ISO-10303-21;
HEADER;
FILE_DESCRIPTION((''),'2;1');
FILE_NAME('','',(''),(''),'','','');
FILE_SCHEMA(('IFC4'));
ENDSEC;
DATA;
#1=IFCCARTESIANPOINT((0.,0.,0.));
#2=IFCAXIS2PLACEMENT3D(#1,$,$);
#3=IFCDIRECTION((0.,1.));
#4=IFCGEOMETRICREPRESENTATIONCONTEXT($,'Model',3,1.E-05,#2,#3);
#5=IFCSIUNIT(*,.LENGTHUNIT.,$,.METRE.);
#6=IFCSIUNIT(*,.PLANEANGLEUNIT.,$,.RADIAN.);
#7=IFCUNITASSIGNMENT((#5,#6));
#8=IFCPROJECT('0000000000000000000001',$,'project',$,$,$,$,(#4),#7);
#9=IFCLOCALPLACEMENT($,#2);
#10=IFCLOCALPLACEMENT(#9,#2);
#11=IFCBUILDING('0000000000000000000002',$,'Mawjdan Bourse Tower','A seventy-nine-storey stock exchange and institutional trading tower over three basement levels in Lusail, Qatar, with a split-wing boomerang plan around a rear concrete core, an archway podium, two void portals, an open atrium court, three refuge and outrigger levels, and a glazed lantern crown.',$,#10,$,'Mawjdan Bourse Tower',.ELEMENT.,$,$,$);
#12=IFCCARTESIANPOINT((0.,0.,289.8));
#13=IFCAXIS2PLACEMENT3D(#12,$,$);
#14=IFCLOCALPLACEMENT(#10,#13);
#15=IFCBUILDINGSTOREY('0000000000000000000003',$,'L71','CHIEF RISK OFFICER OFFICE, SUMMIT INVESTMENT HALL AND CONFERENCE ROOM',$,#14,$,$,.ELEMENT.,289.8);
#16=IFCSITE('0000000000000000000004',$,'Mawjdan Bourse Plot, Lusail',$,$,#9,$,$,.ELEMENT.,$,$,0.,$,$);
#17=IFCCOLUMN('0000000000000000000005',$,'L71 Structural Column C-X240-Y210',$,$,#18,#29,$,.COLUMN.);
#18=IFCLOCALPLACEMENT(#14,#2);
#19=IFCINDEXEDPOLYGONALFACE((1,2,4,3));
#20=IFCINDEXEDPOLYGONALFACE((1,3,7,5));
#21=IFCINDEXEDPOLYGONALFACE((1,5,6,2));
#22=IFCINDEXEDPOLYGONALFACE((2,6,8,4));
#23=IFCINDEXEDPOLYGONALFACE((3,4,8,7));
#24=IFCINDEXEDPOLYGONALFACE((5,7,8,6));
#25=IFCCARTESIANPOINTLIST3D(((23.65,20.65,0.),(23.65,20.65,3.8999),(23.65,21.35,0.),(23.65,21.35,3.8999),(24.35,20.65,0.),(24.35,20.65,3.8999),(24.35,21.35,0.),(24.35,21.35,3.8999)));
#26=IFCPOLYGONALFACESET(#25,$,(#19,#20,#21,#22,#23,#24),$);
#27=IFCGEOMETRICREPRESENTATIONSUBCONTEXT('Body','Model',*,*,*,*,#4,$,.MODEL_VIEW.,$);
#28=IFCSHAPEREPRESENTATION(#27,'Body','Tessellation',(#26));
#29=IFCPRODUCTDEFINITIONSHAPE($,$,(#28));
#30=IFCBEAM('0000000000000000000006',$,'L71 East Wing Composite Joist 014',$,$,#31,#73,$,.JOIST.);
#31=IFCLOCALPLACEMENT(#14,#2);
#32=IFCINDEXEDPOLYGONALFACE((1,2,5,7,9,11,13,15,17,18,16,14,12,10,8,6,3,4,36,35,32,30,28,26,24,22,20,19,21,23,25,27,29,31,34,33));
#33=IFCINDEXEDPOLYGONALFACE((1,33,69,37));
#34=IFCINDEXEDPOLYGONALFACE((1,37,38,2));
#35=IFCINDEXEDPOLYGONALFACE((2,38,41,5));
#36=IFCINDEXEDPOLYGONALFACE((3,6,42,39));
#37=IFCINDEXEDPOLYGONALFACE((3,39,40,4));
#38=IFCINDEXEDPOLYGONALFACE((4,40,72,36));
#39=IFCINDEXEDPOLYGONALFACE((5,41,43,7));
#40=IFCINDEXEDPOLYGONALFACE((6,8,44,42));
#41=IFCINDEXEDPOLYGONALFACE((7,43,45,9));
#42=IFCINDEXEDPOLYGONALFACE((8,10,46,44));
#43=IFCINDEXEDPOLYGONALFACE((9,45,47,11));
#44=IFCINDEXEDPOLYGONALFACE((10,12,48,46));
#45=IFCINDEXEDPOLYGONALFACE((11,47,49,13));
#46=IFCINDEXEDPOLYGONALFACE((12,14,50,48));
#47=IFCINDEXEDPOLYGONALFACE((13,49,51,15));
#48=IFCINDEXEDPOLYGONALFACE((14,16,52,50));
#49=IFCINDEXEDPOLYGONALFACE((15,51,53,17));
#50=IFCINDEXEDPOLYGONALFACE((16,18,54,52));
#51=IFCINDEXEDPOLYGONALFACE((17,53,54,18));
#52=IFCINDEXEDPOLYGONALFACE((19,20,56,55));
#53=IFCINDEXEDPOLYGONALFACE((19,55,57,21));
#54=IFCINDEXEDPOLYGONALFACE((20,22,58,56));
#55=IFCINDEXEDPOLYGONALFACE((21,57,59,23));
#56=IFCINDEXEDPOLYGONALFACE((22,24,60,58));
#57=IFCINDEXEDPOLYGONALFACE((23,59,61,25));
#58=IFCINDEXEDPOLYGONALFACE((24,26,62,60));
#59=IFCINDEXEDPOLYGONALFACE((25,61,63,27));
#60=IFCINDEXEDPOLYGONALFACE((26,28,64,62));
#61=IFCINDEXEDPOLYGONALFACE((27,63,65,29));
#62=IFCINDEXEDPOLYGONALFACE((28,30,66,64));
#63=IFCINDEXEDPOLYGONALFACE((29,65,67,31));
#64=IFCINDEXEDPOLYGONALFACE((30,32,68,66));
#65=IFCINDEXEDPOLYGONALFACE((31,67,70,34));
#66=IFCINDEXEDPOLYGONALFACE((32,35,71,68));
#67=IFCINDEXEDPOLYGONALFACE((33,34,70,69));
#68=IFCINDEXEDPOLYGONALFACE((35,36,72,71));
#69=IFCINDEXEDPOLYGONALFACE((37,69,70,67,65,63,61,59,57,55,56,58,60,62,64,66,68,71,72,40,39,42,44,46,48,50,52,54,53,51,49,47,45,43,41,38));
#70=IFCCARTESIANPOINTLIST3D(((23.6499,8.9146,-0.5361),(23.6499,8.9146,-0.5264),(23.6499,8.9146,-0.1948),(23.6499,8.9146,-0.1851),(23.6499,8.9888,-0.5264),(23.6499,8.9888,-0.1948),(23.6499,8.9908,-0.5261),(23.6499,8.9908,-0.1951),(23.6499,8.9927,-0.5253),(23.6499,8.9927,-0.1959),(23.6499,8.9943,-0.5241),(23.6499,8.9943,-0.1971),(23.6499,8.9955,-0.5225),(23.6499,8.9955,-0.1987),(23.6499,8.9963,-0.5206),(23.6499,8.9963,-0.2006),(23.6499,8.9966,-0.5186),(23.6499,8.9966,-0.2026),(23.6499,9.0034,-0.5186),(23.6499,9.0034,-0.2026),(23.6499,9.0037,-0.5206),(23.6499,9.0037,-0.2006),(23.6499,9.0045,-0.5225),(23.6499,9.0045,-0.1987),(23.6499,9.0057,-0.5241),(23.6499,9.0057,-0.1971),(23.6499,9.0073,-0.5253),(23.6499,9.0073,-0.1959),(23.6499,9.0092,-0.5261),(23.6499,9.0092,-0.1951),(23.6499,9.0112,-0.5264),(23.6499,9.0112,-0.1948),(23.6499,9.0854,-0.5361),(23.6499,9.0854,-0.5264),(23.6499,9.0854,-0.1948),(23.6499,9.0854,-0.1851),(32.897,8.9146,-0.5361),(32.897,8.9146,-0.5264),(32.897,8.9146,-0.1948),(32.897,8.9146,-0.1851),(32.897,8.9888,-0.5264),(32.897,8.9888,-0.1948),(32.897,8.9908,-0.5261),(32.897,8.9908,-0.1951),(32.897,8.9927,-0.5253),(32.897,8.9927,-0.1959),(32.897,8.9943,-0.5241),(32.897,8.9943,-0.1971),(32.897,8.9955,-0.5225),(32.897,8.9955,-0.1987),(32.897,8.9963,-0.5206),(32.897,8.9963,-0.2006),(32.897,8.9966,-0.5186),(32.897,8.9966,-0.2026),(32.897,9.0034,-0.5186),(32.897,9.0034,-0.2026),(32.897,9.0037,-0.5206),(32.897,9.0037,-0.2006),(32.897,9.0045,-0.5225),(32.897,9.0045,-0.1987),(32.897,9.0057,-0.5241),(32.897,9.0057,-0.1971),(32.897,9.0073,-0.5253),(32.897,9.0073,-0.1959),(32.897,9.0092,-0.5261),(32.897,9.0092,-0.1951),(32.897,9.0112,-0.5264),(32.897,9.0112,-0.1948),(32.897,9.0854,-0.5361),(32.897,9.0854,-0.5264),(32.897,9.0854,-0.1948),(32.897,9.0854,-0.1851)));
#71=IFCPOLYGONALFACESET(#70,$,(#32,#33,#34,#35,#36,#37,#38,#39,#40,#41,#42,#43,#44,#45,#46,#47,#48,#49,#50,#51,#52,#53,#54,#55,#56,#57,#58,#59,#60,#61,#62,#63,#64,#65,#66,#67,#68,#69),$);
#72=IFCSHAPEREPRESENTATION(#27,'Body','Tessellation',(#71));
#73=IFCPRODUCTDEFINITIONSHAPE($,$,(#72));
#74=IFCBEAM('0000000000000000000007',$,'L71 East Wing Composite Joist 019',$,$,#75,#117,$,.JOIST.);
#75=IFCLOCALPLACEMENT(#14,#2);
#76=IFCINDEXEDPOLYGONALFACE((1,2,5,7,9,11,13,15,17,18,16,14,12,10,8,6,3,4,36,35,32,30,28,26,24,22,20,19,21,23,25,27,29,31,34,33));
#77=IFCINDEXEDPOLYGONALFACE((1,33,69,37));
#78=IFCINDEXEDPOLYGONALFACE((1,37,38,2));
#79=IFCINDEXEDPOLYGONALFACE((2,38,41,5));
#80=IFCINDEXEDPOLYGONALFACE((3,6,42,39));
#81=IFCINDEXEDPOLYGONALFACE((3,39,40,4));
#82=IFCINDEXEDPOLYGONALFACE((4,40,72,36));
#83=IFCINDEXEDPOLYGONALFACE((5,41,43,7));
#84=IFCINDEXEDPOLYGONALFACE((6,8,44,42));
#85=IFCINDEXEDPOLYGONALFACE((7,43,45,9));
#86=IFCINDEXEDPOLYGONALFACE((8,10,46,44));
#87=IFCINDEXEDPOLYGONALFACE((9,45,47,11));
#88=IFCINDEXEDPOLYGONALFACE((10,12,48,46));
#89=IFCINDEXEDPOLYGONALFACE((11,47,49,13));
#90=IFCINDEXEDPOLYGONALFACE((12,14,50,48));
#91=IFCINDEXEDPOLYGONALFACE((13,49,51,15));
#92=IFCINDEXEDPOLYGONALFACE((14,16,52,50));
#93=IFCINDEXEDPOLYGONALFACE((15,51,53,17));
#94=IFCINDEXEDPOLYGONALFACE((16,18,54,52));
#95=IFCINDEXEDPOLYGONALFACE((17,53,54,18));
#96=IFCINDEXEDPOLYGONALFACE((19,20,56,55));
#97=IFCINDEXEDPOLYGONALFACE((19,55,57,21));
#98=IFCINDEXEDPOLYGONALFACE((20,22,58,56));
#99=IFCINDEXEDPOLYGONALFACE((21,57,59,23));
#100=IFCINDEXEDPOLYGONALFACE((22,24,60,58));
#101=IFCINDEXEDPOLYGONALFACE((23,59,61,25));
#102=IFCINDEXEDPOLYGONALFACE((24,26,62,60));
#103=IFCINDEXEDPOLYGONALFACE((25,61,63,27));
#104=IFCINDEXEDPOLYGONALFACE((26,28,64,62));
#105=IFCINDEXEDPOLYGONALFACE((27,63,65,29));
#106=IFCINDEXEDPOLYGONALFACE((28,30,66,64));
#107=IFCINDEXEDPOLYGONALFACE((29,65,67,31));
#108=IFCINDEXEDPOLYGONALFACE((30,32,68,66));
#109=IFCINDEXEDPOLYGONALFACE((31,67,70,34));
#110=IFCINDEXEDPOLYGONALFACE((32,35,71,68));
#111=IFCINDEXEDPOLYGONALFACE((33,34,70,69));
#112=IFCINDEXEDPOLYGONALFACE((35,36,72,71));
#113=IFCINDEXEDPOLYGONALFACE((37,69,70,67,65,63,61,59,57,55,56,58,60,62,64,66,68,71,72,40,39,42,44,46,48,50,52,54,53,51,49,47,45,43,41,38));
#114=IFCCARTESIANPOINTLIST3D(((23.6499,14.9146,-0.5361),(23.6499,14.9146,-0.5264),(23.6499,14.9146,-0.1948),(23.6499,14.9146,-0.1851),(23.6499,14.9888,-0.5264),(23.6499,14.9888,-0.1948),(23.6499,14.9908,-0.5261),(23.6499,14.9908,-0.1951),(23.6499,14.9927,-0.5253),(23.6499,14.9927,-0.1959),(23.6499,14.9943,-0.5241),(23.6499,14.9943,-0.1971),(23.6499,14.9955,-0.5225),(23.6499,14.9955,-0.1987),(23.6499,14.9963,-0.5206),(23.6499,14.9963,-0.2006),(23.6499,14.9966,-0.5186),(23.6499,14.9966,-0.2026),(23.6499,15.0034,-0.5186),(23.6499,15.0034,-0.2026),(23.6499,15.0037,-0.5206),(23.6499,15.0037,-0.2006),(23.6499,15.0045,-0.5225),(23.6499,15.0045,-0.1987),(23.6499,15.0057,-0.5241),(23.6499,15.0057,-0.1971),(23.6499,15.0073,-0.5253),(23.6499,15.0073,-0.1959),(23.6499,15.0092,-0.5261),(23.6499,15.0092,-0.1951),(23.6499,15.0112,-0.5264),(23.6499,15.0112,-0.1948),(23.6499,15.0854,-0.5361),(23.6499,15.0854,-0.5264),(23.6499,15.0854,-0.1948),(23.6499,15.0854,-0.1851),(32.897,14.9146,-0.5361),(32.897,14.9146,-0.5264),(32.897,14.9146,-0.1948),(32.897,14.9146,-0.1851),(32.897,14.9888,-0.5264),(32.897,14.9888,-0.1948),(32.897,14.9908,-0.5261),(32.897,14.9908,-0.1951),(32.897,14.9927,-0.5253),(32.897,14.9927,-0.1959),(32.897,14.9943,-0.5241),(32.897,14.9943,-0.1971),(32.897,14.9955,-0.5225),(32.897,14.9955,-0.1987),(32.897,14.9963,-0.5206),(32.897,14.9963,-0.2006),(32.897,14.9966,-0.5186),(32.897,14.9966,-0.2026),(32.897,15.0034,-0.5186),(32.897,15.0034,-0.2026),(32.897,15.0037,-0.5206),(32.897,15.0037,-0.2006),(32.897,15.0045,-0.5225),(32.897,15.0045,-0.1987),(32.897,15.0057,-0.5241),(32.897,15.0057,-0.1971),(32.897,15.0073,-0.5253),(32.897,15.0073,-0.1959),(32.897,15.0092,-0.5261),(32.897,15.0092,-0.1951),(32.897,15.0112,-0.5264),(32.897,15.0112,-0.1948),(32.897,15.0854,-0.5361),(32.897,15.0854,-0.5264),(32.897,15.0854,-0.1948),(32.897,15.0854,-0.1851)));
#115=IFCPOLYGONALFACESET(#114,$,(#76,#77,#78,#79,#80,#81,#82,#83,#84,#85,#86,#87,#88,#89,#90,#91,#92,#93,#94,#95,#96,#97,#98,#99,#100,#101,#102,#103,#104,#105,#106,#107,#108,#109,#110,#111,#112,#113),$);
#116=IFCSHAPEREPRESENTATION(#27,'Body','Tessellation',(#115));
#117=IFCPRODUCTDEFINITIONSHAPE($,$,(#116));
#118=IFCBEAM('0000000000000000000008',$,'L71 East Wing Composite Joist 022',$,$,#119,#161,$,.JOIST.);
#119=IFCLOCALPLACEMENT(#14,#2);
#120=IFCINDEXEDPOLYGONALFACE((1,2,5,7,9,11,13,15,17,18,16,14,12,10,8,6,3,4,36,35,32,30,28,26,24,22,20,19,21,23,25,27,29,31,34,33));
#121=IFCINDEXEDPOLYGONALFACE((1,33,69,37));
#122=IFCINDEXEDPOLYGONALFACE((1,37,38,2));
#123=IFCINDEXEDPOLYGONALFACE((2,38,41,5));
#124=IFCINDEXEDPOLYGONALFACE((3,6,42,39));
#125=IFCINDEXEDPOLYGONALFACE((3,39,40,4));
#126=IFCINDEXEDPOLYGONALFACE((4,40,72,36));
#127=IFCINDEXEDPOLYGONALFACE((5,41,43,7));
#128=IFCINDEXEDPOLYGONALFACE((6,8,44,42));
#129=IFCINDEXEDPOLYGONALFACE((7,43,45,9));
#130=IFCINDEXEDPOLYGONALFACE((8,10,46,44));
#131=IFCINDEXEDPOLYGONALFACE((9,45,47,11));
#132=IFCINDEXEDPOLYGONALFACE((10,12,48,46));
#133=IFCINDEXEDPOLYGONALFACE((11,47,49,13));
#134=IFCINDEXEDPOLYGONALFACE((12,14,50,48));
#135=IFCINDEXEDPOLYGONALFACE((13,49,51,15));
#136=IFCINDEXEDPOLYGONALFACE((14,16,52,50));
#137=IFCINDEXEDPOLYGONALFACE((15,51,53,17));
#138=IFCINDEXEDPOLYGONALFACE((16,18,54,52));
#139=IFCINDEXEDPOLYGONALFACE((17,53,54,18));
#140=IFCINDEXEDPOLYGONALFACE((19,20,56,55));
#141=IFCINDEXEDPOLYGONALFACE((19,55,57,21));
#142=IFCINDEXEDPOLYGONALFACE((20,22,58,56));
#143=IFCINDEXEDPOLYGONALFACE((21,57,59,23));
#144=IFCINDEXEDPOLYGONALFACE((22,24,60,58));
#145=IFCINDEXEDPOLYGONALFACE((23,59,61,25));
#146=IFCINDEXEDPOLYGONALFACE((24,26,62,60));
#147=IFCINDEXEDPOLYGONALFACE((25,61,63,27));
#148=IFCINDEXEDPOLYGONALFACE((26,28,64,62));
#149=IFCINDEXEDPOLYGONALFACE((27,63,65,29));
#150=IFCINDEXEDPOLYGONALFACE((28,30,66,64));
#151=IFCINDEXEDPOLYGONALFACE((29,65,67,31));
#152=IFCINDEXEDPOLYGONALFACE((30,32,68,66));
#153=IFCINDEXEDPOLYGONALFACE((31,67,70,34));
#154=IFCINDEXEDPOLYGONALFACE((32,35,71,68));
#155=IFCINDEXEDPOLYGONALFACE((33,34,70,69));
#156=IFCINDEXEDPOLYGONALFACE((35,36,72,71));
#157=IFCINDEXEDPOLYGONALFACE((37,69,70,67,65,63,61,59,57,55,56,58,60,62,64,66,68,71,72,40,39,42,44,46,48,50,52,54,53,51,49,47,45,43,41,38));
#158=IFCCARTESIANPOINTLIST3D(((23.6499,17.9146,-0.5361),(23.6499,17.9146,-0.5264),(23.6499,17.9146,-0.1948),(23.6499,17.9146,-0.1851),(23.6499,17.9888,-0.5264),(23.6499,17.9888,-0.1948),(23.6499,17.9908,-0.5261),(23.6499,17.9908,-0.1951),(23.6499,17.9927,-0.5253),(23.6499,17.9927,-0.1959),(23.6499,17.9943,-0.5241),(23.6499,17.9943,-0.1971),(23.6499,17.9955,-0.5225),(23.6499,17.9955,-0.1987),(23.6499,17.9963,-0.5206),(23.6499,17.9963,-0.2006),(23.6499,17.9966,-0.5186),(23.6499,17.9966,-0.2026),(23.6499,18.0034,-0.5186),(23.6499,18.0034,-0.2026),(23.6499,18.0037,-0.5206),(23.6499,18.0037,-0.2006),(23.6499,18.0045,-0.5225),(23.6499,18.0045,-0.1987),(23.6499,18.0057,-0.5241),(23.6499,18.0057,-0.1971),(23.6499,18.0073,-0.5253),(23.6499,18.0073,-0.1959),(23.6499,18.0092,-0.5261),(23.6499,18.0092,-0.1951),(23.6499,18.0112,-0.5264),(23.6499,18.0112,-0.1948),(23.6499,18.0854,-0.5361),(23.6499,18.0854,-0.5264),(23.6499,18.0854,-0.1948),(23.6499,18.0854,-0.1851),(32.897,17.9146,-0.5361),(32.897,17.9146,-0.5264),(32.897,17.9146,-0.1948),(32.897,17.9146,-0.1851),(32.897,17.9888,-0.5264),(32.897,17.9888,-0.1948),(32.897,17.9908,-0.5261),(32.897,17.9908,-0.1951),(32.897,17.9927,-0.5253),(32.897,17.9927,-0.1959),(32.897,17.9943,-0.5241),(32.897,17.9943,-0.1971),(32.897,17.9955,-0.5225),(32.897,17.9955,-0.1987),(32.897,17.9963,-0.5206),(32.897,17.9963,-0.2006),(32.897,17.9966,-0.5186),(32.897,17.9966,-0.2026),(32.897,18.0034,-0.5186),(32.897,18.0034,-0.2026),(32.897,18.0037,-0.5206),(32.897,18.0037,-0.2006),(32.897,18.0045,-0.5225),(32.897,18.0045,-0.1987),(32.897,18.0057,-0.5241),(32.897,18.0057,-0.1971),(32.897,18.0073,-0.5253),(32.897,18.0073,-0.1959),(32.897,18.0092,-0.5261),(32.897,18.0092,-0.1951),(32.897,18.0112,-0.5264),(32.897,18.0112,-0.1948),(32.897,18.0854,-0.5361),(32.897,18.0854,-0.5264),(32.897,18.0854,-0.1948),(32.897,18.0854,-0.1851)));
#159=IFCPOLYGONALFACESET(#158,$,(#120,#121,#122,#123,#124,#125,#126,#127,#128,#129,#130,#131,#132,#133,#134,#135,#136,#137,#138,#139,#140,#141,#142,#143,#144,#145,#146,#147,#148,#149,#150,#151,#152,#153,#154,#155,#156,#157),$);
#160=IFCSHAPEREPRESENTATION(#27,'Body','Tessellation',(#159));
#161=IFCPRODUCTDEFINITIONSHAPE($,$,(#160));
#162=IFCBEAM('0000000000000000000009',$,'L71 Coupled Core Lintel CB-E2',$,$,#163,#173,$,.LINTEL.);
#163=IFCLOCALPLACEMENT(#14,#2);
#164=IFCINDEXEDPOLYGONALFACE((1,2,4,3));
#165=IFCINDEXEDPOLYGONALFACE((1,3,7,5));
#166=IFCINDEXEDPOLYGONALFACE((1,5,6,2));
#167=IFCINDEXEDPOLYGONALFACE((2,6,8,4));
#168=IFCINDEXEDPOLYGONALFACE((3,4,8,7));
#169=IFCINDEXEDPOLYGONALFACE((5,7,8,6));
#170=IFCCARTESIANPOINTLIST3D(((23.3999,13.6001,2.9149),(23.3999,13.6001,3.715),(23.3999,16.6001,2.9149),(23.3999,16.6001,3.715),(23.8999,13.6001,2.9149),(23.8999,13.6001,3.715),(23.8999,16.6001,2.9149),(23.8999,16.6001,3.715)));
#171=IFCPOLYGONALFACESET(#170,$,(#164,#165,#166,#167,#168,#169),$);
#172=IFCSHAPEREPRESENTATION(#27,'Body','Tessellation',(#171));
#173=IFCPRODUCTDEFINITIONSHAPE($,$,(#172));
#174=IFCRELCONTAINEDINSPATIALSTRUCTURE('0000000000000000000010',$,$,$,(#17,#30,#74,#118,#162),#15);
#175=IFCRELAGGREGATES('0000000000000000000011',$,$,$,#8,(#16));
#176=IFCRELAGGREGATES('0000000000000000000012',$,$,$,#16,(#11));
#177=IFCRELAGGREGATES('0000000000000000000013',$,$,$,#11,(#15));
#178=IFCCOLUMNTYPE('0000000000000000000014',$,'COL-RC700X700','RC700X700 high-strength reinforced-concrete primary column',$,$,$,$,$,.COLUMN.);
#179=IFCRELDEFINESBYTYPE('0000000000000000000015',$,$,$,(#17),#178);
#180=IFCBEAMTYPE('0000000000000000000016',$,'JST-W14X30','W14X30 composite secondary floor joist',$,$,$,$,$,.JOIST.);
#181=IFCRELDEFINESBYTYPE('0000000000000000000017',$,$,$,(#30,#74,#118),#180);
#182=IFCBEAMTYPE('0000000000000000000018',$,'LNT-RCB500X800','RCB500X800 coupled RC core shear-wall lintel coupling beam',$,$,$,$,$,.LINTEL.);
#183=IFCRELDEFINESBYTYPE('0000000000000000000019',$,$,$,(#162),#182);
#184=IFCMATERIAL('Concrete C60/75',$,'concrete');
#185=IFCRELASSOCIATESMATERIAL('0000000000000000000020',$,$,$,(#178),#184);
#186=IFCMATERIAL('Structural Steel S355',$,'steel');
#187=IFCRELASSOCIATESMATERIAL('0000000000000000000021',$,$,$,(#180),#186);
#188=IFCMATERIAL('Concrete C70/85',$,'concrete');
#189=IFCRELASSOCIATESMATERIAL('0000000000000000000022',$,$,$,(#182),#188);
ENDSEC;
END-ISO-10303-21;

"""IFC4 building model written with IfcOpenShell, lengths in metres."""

from ifc_helpers import new_model, si_unit, direction, frame, origin, origin_2d, place, context, subcontext, project, spatial, rectangle, i_section, extrude, material, material_profile, profile_set, type_object, element, save


model = new_model("IFC4")

# Units and contexts
model_context = context("Model", 3, precision=1e-05, world=origin(), true_north=direction((0.0, 1.0)))
body_context = subcontext(model_context, "Body", "Model", "MODEL_VIEW")
ifc_project = project(units=[si_unit("LENGTHUNIT", "METRE"), si_unit("PLANEANGLEUNIT", "RADIAN")], contexts=[model_context])

# Site, building, storey
site_placement = place(None, origin())
site = spatial("IfcSite", under=ifc_project, at=site_placement, Name="Mawjdan Bourse Plot, Lusail", CompositionType="ELEMENT", RefElevation=0.0)
building_placement = place(site_placement, origin())
building = spatial("IfcBuilding", under=site, at=building_placement, Name="Mawjdan Bourse Tower", Description="A seventy-nine-storey stock exchange and institutional trading tower over three basement levels in Lusail, Qatar, with a split-wing boomerang plan around a rear concrete core, an archway podium, two void portals, an open atrium court, three refuge and outrigger levels, and a glazed lantern crown.", LongName="Mawjdan Bourse Tower", CompositionType="ELEMENT")
storey_placement = place(building_placement, frame((0.0, 0.0, 289.8)))
storey = spatial("IfcBuildingStorey", under=building, at=storey_placement, Name="L71", Description="CHIEF RISK OFFICER OFFICE, SUMMIT INVESTMENT HALL AND CONFERENCE ROOM", CompositionType="ELEMENT", Elevation=289.8)

# Column
ifc_material_1 = material(Name="Concrete C60/75", Category="concrete")
ifc_material_profile_1 = material_profile(ifc_material_1, rectangle(XDim=0.7, YDim=0.7, at=origin_2d()), Name="RC700X700")
ifc_profile_set_1 = profile_set([ifc_material_profile_1], Name="Concrete C60/75")
column_type = type_object("IfcColumnType", Name="COL-RC700X700", Description="RC700X700 high-strength reinforced-concrete primary column", PredefinedType="COLUMN", material=ifc_profile_set_1)
column_placement = place(storey_placement, frame((24.0, 21.0, 0.0), z_axis=(0.0, 0.0, 1.0), x_axis=(1.0, 0.0, 0.0)))
element("IfcColumn", 1, at=column_placement, inside=storey, type_object=column_type, Name="L71 Structural Column C-X240-Y210", PredefinedType="COLUMN", context=body_context, shape_type="SweptSolid", body=[
    extrude(rectangle(XDim=0.7, YDim=0.7, at=origin_2d()), origin(), (0.0, 0.0, 1.0), 3.8999),
])

# Beams
ifc_material_2 = material(Name="Structural Steel S355", Category="steel")
ifc_material_profile_2 = material_profile(ifc_material_2, i_section(OverallWidth=0.1709, OverallDepth=0.3511, WebThickness=0.0068, FlangeThickness=0.0098, FilletRadius=0.0078, at=origin_2d()), Name="W14X30")
ifc_profile_set_2 = profile_set([ifc_material_profile_2], Name="Structural Steel S355")
beam_type_1 = type_object("IfcBeamType", Name="JST-W14X30", Description="W14X30 composite secondary floor joist", PredefinedType="JOIST", material=ifc_profile_set_2)
for number, where, z_axis, x_axis, name in (
    (2, (23.6499, 9.0, -0.3606), (1.0, 0.0, 0.0), (0.0, 1.0, 0.0), "L71 East Wing Composite Joist 014"),
    (3, (23.6499, 15.0, -0.3606), (1.0, 0.0, 0.0), (0.0, 1.0, 0.0), "L71 East Wing Composite Joist 019"),
    (4, (23.6499, 18.0, -0.3606), (1.0, 0.0, 0.0), (0.0, 1.0, 0.0), "L71 East Wing Composite Joist 022"),
):
    element("IfcBeam", number, at=place(storey_placement, frame(where, z_axis=z_axis, x_axis=x_axis)), inside=storey, type_object=beam_type_1, Name=name, PredefinedType="JOIST", context=body_context, shape_type="SweptSolid", body=[
        extrude(i_section(OverallWidth=0.1709, OverallDepth=0.3511, WebThickness=0.0068, FlangeThickness=0.0098, FilletRadius=0.0078, at=origin_2d()), origin(), (0.0, 0.0, 1.0), 9.2471),
    ])
ifc_material_3 = material(Name="Concrete C70/85", Category="concrete")
ifc_material_profile_3 = material_profile(ifc_material_3, rectangle(XDim=0.5, YDim=0.8, at=origin_2d()), Name="RCB500X800")
ifc_profile_set_3 = profile_set([ifc_material_profile_3], Name="Concrete C70/85")
beam_type_2 = type_object("IfcBeamType", Name="LNT-RCB500X800", Description="RCB500X800 coupled RC core shear-wall lintel coupling beam", PredefinedType="LINTEL", material=ifc_profile_set_3)
beam_1_placement = place(storey_placement, frame((23.6499, 13.6001, 3.3149), z_axis=(0.0, 1.0, 0.0), x_axis=(-1.0, 0.0, 0.0)))
element("IfcBeam", 5, at=beam_1_placement, inside=storey, type_object=beam_type_2, Name="L71 Coupled Core Lintel CB-E2", PredefinedType="LINTEL", context=body_context, shape_type="SweptSolid", body=[
    extrude(rectangle(XDim=0.5, YDim=0.8, at=origin_2d()), origin(), (0.0, 0.0, 1.0), 3.0),
])

save(model, "model.ifc")
